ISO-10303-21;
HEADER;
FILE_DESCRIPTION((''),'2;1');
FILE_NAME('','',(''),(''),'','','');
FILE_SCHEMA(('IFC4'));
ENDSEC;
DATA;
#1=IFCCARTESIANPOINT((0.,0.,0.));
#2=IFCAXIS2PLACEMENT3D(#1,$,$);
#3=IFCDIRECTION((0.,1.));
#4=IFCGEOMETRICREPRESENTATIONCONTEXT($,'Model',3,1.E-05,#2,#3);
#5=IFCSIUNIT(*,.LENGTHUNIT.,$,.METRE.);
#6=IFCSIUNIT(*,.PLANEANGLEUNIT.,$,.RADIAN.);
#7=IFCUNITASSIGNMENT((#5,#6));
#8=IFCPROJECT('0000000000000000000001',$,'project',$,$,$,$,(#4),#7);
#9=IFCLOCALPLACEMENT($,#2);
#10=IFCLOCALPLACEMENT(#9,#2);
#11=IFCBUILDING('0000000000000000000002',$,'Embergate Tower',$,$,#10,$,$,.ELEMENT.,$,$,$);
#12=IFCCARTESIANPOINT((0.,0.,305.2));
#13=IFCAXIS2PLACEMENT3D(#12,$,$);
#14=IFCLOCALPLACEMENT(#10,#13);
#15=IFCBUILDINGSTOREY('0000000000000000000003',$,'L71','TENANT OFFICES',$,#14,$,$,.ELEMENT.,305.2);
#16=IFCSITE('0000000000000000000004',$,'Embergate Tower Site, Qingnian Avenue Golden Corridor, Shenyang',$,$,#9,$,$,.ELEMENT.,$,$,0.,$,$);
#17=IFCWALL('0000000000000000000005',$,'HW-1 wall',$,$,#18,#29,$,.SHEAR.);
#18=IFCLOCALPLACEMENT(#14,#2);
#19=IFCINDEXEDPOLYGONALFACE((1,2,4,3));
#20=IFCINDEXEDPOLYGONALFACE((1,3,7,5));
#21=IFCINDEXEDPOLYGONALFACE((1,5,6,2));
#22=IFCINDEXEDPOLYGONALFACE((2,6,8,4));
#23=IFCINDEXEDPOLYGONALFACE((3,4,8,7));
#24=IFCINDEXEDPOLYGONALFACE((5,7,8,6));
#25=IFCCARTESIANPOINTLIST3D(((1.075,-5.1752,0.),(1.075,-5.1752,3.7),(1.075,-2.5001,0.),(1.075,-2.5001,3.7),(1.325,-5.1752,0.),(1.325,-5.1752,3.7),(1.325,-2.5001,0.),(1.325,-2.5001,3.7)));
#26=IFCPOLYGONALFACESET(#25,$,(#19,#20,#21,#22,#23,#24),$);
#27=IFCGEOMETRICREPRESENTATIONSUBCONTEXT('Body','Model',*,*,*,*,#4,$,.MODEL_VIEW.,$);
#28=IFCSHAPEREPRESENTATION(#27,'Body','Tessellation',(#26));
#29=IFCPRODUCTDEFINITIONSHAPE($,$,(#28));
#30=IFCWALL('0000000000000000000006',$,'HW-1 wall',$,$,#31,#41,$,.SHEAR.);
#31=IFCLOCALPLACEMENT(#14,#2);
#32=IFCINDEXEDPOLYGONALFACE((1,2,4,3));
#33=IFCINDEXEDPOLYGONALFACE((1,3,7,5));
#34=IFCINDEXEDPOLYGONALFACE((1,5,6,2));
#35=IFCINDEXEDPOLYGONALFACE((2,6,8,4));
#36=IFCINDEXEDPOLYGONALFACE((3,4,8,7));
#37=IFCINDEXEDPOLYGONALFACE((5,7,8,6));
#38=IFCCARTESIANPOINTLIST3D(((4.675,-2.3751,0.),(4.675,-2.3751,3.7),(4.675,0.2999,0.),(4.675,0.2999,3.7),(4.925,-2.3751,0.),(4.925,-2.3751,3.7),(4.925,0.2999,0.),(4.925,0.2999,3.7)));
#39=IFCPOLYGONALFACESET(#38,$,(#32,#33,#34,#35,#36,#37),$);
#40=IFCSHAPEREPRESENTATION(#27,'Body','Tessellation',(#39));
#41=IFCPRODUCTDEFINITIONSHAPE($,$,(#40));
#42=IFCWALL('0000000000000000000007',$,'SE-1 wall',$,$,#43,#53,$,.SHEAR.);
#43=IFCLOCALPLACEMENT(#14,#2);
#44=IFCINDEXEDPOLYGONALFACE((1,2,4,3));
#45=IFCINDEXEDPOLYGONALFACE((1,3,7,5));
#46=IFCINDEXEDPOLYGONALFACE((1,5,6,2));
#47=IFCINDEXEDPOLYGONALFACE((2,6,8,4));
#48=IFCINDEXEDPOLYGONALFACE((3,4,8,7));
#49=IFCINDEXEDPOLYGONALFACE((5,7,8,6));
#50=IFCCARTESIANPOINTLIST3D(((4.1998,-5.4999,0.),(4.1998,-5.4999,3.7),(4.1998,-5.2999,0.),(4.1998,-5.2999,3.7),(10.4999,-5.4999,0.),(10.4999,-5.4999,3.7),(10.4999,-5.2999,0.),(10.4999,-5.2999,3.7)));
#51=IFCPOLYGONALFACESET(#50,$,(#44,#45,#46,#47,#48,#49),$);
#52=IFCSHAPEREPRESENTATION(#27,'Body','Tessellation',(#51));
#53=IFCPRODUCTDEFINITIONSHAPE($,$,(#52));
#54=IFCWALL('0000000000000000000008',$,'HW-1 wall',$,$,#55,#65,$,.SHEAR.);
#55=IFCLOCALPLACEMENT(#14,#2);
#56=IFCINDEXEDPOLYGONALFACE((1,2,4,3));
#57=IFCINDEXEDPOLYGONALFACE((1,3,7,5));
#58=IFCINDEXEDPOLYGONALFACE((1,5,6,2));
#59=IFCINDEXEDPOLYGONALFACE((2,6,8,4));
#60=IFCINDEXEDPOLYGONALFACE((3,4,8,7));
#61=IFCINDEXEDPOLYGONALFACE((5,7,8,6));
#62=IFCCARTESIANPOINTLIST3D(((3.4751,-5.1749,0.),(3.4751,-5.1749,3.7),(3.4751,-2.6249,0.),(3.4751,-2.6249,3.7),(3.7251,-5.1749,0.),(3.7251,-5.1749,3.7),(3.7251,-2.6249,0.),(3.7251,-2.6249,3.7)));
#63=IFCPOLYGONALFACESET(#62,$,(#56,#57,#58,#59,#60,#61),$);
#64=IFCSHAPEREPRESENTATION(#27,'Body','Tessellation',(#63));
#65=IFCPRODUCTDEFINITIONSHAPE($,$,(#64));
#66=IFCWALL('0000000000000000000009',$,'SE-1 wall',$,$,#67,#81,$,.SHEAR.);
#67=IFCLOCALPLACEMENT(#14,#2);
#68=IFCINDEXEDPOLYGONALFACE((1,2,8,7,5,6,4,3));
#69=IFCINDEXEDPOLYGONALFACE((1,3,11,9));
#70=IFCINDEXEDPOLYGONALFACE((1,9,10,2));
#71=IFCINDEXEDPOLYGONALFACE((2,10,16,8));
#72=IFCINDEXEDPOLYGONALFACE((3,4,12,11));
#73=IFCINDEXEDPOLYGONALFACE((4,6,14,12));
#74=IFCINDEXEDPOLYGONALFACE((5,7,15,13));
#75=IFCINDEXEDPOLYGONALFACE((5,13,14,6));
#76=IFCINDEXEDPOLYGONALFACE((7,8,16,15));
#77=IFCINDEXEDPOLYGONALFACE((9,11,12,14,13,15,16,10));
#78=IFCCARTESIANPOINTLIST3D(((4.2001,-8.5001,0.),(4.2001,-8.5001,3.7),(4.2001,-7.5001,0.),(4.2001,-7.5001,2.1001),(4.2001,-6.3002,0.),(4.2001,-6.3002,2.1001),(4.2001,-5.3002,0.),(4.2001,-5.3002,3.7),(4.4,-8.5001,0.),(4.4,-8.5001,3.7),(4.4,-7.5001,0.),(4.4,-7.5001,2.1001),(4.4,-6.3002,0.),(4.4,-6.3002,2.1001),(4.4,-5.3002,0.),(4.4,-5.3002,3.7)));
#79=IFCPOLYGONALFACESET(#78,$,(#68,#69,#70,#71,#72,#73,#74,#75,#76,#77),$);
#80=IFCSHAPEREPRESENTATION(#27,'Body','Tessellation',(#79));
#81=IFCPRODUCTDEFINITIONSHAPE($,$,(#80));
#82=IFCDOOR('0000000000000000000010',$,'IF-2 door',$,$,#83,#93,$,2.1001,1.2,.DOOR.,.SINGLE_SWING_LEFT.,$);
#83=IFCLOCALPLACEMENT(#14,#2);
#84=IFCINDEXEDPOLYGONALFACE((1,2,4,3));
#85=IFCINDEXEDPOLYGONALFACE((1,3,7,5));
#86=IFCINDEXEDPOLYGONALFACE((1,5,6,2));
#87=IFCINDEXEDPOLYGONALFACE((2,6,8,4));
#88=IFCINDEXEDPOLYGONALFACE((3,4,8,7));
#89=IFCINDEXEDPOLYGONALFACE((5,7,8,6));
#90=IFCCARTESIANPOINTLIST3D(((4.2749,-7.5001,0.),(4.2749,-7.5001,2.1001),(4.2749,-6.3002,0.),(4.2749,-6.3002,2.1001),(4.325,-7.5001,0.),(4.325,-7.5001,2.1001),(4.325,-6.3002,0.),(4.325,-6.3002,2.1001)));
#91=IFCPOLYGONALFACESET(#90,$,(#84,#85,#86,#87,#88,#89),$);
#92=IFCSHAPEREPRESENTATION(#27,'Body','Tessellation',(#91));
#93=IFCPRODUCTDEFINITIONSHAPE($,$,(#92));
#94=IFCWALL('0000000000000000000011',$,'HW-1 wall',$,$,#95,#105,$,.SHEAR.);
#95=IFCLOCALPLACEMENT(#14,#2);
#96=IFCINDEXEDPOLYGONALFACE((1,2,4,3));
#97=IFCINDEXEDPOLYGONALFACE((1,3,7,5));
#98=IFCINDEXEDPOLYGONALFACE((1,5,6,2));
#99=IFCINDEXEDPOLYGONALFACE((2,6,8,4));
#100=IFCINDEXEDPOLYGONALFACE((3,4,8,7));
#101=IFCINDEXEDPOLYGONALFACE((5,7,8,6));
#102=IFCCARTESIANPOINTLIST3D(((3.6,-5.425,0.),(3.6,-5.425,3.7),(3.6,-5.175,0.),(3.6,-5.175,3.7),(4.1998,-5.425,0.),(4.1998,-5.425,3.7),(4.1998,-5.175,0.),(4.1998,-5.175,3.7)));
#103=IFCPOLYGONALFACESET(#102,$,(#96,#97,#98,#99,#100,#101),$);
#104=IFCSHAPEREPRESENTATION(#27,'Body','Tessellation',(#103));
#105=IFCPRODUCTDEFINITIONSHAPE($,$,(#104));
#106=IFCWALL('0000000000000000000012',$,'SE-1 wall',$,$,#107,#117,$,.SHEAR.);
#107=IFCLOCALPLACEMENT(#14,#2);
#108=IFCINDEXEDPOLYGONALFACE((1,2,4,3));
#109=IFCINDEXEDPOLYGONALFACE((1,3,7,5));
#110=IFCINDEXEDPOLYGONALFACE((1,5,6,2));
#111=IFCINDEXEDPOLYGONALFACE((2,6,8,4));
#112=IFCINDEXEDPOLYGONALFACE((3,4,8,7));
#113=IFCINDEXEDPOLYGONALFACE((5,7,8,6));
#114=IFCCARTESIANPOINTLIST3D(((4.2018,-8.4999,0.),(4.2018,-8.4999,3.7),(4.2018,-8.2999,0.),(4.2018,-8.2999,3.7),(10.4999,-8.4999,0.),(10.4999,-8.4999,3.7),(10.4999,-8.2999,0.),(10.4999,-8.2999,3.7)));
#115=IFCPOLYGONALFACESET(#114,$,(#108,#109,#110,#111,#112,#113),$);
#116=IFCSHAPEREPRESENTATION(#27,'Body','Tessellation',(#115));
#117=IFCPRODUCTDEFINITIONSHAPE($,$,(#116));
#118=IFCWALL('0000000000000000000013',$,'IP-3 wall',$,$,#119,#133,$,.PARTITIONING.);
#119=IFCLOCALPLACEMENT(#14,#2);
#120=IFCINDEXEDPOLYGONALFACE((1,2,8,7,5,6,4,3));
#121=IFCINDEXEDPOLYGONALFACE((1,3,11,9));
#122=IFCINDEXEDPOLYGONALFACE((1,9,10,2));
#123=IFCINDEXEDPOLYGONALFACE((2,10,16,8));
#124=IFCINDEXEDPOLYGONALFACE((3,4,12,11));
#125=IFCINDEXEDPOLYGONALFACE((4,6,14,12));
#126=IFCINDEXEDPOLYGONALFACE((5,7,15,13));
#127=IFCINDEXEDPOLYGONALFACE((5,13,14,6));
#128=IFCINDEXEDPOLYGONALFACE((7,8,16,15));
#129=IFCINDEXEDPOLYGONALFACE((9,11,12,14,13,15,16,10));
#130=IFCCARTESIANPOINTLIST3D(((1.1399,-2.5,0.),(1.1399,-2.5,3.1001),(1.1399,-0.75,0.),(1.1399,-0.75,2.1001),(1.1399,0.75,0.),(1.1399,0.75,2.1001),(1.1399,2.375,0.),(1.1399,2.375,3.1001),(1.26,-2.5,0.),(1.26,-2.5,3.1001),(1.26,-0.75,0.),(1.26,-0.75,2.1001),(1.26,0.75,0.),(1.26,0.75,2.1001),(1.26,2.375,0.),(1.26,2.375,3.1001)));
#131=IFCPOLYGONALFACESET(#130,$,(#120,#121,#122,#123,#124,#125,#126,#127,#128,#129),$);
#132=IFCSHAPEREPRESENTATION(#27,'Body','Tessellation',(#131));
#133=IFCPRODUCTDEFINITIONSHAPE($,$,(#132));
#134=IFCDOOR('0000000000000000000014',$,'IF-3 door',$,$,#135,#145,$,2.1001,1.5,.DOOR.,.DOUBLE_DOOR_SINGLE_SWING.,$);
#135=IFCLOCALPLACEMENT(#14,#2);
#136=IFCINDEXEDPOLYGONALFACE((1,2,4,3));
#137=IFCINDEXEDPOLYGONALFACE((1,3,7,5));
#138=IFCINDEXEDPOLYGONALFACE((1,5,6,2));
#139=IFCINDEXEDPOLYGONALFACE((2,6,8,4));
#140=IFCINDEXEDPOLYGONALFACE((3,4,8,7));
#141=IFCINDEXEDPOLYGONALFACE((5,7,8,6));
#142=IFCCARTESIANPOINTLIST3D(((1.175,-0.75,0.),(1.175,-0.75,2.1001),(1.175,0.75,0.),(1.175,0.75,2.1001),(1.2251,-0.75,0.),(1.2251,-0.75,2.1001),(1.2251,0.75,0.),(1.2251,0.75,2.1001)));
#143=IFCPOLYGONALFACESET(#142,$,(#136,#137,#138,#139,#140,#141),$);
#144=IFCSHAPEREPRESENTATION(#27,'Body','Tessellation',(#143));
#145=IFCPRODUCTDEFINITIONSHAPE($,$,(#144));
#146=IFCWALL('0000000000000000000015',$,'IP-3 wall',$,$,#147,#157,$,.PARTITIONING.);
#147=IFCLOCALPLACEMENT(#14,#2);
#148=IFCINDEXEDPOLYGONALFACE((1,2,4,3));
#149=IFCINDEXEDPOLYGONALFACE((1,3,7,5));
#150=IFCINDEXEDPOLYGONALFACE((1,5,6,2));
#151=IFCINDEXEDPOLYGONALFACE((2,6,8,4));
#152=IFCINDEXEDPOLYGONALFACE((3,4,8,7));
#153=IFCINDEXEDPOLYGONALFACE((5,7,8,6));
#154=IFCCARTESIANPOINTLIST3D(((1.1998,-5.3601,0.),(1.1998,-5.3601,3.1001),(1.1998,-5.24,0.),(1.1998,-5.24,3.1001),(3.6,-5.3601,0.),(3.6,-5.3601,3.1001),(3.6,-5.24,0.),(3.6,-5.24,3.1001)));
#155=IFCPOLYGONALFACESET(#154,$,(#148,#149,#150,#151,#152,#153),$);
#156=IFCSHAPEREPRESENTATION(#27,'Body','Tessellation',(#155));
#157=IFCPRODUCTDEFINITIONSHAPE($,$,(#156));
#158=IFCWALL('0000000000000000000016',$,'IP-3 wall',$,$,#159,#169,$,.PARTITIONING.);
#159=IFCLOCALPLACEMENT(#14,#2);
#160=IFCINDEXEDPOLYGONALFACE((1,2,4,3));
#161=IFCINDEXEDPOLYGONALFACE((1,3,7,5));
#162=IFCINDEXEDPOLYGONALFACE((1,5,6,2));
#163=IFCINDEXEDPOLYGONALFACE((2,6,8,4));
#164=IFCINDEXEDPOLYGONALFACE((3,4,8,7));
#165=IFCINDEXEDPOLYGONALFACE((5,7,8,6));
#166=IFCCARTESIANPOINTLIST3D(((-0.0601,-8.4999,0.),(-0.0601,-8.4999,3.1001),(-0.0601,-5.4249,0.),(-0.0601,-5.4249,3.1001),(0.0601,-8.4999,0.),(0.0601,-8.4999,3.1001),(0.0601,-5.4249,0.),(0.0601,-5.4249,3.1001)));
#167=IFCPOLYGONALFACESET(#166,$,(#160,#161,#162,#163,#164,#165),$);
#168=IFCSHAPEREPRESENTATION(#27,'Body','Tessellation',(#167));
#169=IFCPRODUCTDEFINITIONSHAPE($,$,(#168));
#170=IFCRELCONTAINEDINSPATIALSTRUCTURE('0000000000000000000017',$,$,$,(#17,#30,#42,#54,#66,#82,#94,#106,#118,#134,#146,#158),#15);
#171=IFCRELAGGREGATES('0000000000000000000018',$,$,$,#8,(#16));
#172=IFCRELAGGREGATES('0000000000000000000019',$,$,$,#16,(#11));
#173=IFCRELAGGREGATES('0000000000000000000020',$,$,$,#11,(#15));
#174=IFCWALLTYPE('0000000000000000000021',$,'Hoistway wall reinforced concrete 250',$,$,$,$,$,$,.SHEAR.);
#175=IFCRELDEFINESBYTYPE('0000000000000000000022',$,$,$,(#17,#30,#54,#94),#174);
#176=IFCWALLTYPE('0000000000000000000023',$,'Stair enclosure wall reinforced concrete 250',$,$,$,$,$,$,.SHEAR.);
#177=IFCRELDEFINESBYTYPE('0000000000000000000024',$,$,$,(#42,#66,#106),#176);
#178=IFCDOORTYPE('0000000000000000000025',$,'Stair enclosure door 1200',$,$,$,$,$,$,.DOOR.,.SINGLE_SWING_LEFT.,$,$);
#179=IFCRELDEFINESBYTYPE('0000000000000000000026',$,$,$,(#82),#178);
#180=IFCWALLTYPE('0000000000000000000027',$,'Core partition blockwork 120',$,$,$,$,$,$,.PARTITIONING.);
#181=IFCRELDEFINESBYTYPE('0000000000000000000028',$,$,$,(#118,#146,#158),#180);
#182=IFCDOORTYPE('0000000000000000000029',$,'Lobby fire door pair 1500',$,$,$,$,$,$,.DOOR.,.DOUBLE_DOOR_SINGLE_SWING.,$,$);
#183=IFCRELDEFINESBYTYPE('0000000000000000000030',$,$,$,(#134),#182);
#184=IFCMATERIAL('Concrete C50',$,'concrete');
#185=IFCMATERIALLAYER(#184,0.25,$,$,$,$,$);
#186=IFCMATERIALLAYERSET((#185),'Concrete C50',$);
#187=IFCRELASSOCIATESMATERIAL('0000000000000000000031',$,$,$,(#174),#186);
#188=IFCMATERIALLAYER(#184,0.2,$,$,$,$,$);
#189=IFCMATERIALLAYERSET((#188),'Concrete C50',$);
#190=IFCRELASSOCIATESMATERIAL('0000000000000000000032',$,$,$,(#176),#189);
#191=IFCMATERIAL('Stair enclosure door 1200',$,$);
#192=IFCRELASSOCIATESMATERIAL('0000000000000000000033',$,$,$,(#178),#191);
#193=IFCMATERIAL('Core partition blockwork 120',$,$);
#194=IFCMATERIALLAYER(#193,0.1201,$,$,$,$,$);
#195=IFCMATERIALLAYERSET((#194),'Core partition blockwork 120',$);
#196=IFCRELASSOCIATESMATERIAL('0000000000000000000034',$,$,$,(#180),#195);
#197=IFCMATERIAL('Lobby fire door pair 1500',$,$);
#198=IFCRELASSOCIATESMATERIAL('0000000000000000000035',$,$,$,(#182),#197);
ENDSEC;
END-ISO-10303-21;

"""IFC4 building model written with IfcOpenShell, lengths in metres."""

from ifc_helpers import new_model, si_unit, direction, frame, frame_2d, origin, place, context, subcontext, project, spatial, rectangle, extrude, source, transform, mapped, material, layer, layer_set, type_object, element, fill, save


model = new_model("IFC4")

# Units and contexts
model_context = context("Model", 3, precision=1e-05, world=origin(), true_north=direction((0.0, 1.0)))
body_context = subcontext(model_context, "Body", "Model", "MODEL_VIEW")
ifc_project = project(units=[si_unit("LENGTHUNIT", "METRE"), si_unit("PLANEANGLEUNIT", "RADIAN")], contexts=[model_context])

# Site, building, storey
site_placement = place(None, origin())
site = spatial("IfcSite", under=ifc_project, at=site_placement, Name="Embergate Tower Site, Qingnian Avenue Golden Corridor, Shenyang", CompositionType="ELEMENT", RefElevation=0.0)
building_placement = place(site_placement, origin())
building = spatial("IfcBuilding", under=site, at=building_placement, Name="Embergate Tower", CompositionType="ELEMENT")
storey_placement = place(building_placement, frame((0.0, 0.0, 305.2)))
storey = spatial("IfcBuildingStorey", under=building, at=storey_placement, Name="L71", Description="TENANT OFFICES", CompositionType="ELEMENT", Elevation=305.2)

# Walls
ifc_material_1 = material(Name="Concrete C50", Category="concrete")
ifc_layer_1 = layer(ifc_material_1, 0.25)
ifc_layer_set_1 = layer_set([ifc_layer_1], Name="Concrete C50")
wall_type_1 = type_object("IfcWallType", Name="Hoistway wall reinforced concrete 250", PredefinedType="SHEAR", material=ifc_layer_set_1)
shared_shape_1 = source(origin(), body_context, "Body", "SweptSolid", [
    extrude(rectangle(XDim=2.675, YDim=0.25, at=frame_2d((1.3374, 0.0))), origin(), (0.0, 0.0, 1.0), 3.7),
])
for number, where, z_axis, x_axis, name in (
    (1, (1.2, -5.175, 0.0), (0.0, 0.0, 1.0), (0.0, 1.0, 0.0), "HW-1 wall"),
    (2, (4.8, -2.375, 0.0), (0.0, 0.0, 1.0), (0.0, 1.0, 0.0), "HW-1 wall"),
):
    element("IfcWall", number, at=place(storey_placement, frame(where, z_axis=z_axis, x_axis=x_axis)), inside=storey, type_object=wall_type_1, Name=name, PredefinedType="SHEAR", context=body_context, shape_type="MappedRepresentation", body=[
        mapped(shared_shape_1, transform((0.0, 0.0, 0.0))),
    ])
ifc_layer_2 = layer(ifc_material_1, 0.2)
ifc_layer_set_2 = layer_set([ifc_layer_2], Name="Concrete C50")
wall_type_2 = type_object("IfcWallType", Name="Stair enclosure wall reinforced concrete 250", PredefinedType="SHEAR", material=ifc_layer_set_2)
shared_shape_2 = source(origin(), body_context, "Body", "SweptSolid", [
    extrude(rectangle(XDim=6.3, YDim=0.2, at=frame_2d((3.1499, 0.0))), origin(), (0.0, 0.0, 1.0), 3.7),
])
wall_1_placement = place(storey_placement, frame((4.2, -5.3999, 0.0), z_axis=(0.0, 0.0, 1.0), x_axis=(1.0, 0.0, 0.0)))
element("IfcWall", 3, at=wall_1_placement, inside=storey, type_object=wall_type_2, Name="SE-1 wall", PredefinedType="SHEAR", context=body_context, shape_type="MappedRepresentation", body=[
    mapped(shared_shape_2, transform((0.0, 0.0, 0.0))),
])
shared_shape_3 = source(origin(), body_context, "Body", "SweptSolid", [
    extrude(rectangle(XDim=2.55, YDim=0.25, at=frame_2d((1.2749, 0.0))), origin(), (0.0, 0.0, 1.0), 3.7),
])
wall_2_placement = place(storey_placement, frame((3.6001, -2.625, 0.0), z_axis=(0.0, 0.0, 1.0), x_axis=(0.0, -1.0, 0.0)))
element("IfcWall", 4, at=wall_2_placement, inside=storey, type_object=wall_type_1, Name="HW-1 wall", PredefinedType="SHEAR", context=body_context, shape_type="MappedRepresentation", body=[
    mapped(shared_shape_3, transform((0.0, 0.0, 0.0))),
])

# Wall, opening, door
shared_shape_4 = source(origin(), body_context, "Body", "SweptSolid", [
    extrude(rectangle(XDim=3.2, YDim=0.2, at=frame_2d((1.6001, 0.0))), origin(), (0.0, 0.0, 1.0), 3.7),
])
wall_3_placement = place(storey_placement, frame((4.3, -5.3, 0.0), z_axis=(0.0, 0.0, 1.0), x_axis=(0.0, -1.0, 0.0)))
wall_3 = element("IfcWall", 5, at=wall_3_placement, inside=storey, type_object=wall_type_2, Name="SE-1 wall", PredefinedType="SHEAR", context=body_context, shape_type="MappedRepresentation", body=[
    mapped(shared_shape_4, transform((0.0, 0.0, 0.0))),
])
shared_shape_5 = source(origin(), body_context, "Body", "SweptSolid", [
    extrude(rectangle(XDim=1.2, YDim=2.1001, at=frame_2d((0.6001, 1.05))), frame((0.0, 0.1099, 0.0), z_axis=(0.0, -1.0, 0.0), x_axis=(1.0, 0.0, 0.0)), (0.0, 0.0, 1.0), 0.22),
])
opening_1_placement = place(wall_3_placement, frame((1.0, 0.0, 0.0)))
opening_1 = element("IfcOpeningElement", 6, at=opening_1_placement, cuts=wall_3, PredefinedType="OPENING", context=body_context, shape_type="MappedRepresentation", body=[
    mapped(shared_shape_5, transform((0.0, 0.0, 0.0))),
])
ifc_material_2 = material(Name="Stair enclosure door 1200")
door_type_1 = type_object("IfcDoorType", Name="Stair enclosure door 1200", OperationType="SINGLE_SWING_LEFT", PredefinedType="DOOR", material=ifc_material_2)
shared_shape_6 = source(origin(), body_context, "Body", "SweptSolid", [
    extrude(rectangle(XDim=1.2, YDim=2.1001, at=frame_2d((0.6001, 1.05))), frame((0.0, 0.0249, 0.0), z_axis=(0.0, -1.0, 0.0), x_axis=(1.0, 0.0, 0.0)), (0.0, 0.0, 1.0), 0.05),
])
door_1_placement = place(opening_1_placement, origin())
door_1 = element("IfcDoor", 7, at=door_1_placement, inside=storey, type_object=door_type_1, Name="IF-2 door", OperationType="SINGLE_SWING_LEFT", OverallHeight=2.1001, OverallWidth=1.2, PredefinedType="DOOR", context=body_context, shape_type="MappedRepresentation", body=[
    mapped(shared_shape_6, transform((0.0, 0.0, 0.0))),
])
fill(opening_1, door_1)

# Walls
shared_shape_7 = source(origin(), body_context, "Body", "SweptSolid", [
    extrude(rectangle(XDim=0.5999, YDim=0.25, at=frame_2d((0.2998, 0.0))), origin(), (0.0, 0.0, 1.0), 3.7),
])
wall_4_placement = place(storey_placement, frame((3.6001, -5.3, 0.0), z_axis=(0.0, 0.0, 1.0), x_axis=(1.0, 0.0, 0.0)))
element("IfcWall", 8, at=wall_4_placement, inside=storey, type_object=wall_type_1, Name="HW-1 wall", PredefinedType="SHEAR", context=body_context, shape_type="MappedRepresentation", body=[
    mapped(shared_shape_7, transform((0.0, 0.0, 0.0))),
])
shared_shape_8 = source(origin(), body_context, "Body", "SweptSolid", [
    extrude(rectangle(XDim=6.2981, YDim=0.2, at=frame_2d((3.1489, 0.0))), origin(), (0.0, 0.0, 1.0), 3.7),
])
wall_5_placement = place(storey_placement, frame((4.2019, -8.3999, 0.0), z_axis=(0.0, 0.0, 1.0), x_axis=(1.0, 0.0, 0.0)))
element("IfcWall", 9, at=wall_5_placement, inside=storey, type_object=wall_type_2, Name="SE-1 wall", PredefinedType="SHEAR", context=body_context, shape_type="MappedRepresentation", body=[
    mapped(shared_shape_8, transform((0.0, 0.0, 0.0))),
])

# Wall, opening, door
ifc_material_3 = material(Name="Core partition blockwork 120")
ifc_layer_3 = layer(ifc_material_3, 0.1201)
ifc_layer_set_3 = layer_set([ifc_layer_3], Name="Core partition blockwork 120")
wall_type_3 = type_object("IfcWallType", Name="Core partition blockwork 120", PredefinedType="PARTITIONING", material=ifc_layer_set_3)
shared_shape_9 = source(origin(), body_context, "Body", "SweptSolid", [
    extrude(rectangle(XDim=4.875, YDim=0.1201, at=frame_2d((2.4375, 0.0))), origin(), (0.0, 0.0, 1.0), 3.1001),
])
wall_6_placement = place(storey_placement, frame((1.2, -2.5, 0.0), z_axis=(0.0, 0.0, 1.0), x_axis=(0.0, 1.0, 0.0)))
wall_6 = element("IfcWall", 10, at=wall_6_placement, inside=storey, type_object=wall_type_3, Name="IP-3 wall", PredefinedType="PARTITIONING", context=body_context, shape_type="MappedRepresentation", body=[
    mapped(shared_shape_9, transform((0.0, 0.0, 0.0))),
])
shared_shape_10 = source(origin(), body_context, "Body", "SweptSolid", [
    extrude(rectangle(XDim=1.5, YDim=2.1001, at=frame_2d((0.75, 1.05))), frame((0.0, 0.0701, 0.0), z_axis=(0.0, -1.0, 0.0), x_axis=(1.0, 0.0, 0.0)), (0.0, 0.0, 1.0), 0.1401),
])
opening_2_placement = place(wall_6_placement, frame((1.75, 0.0, 0.0)))
opening_2 = element("IfcOpeningElement", 11, at=opening_2_placement, cuts=wall_6, PredefinedType="OPENING", context=body_context, shape_type="MappedRepresentation", body=[
    mapped(shared_shape_10, transform((0.0, 0.0, 0.0))),
])
ifc_material_4 = material(Name="Lobby fire door pair 1500")
door_type_2 = type_object("IfcDoorType", Name="Lobby fire door pair 1500", OperationType="DOUBLE_DOOR_SINGLE_SWING", PredefinedType="DOOR", material=ifc_material_4)
shared_shape_11 = source(origin(), body_context, "Body", "SweptSolid", [
    extrude(rectangle(XDim=1.5, YDim=2.1001, at=frame_2d((0.75, 1.05))), frame((0.0, 0.0249, 0.0), z_axis=(0.0, -1.0, 0.0), x_axis=(1.0, 0.0, 0.0)), (0.0, 0.0, 1.0), 0.05),
])
door_2_placement = place(opening_2_placement, origin())
door_2 = element("IfcDoor", 12, at=door_2_placement, inside=storey, type_object=door_type_2, Name="IF-3 door", OperationType="DOUBLE_DOOR_SINGLE_SWING", OverallHeight=2.1001, OverallWidth=1.5, PredefinedType="DOOR", context=body_context, shape_type="MappedRepresentation", body=[
    mapped(shared_shape_11, transform((0.0, 0.0, 0.0))),
])
fill(opening_2, door_2)

# Walls
shared_shape_12 = source(origin(), body_context, "Body", "SweptSolid", [
    extrude(rectangle(XDim=2.4001, YDim=0.1201, at=frame_2d((1.2002, 0.0))), origin(), (0.0, 0.0, 1.0), 3.1001),
])
wall_7_placement = place(storey_placement, frame((3.6001, -5.3, 0.0), z_axis=(0.0, 0.0, 1.0), x_axis=(-1.0, 0.0, 0.0)))
element("IfcWall", 13, at=wall_7_placement, inside=storey, type_object=wall_type_3, Name="IP-3 wall", PredefinedType="PARTITIONING", context=body_context, shape_type="MappedRepresentation", body=[
    mapped(shared_shape_12, transform((0.0, 0.0, 0.0))),
])
shared_shape_13 = source(origin(), body_context, "Body", "SweptSolid", [
    extrude(rectangle(XDim=3.075, YDim=0.1201, at=frame_2d((1.5376, 0.0))), origin(), (0.0, 0.0, 1.0), 3.1001),
])
wall_8_placement = place(storey_placement, frame((0.0, -8.5, 0.0), z_axis=(0.0, 0.0, 1.0), x_axis=(0.0, 1.0, 0.0)))
element("IfcWall", 14, at=wall_8_placement, inside=storey, type_object=wall_type_3, Name="IP-3 wall", PredefinedType="PARTITIONING", context=body_context, shape_type="MappedRepresentation", body=[
    mapped(shared_shape_13, transform((0.0, 0.0, 0.0))),
])

save(model, "model.ifc")
